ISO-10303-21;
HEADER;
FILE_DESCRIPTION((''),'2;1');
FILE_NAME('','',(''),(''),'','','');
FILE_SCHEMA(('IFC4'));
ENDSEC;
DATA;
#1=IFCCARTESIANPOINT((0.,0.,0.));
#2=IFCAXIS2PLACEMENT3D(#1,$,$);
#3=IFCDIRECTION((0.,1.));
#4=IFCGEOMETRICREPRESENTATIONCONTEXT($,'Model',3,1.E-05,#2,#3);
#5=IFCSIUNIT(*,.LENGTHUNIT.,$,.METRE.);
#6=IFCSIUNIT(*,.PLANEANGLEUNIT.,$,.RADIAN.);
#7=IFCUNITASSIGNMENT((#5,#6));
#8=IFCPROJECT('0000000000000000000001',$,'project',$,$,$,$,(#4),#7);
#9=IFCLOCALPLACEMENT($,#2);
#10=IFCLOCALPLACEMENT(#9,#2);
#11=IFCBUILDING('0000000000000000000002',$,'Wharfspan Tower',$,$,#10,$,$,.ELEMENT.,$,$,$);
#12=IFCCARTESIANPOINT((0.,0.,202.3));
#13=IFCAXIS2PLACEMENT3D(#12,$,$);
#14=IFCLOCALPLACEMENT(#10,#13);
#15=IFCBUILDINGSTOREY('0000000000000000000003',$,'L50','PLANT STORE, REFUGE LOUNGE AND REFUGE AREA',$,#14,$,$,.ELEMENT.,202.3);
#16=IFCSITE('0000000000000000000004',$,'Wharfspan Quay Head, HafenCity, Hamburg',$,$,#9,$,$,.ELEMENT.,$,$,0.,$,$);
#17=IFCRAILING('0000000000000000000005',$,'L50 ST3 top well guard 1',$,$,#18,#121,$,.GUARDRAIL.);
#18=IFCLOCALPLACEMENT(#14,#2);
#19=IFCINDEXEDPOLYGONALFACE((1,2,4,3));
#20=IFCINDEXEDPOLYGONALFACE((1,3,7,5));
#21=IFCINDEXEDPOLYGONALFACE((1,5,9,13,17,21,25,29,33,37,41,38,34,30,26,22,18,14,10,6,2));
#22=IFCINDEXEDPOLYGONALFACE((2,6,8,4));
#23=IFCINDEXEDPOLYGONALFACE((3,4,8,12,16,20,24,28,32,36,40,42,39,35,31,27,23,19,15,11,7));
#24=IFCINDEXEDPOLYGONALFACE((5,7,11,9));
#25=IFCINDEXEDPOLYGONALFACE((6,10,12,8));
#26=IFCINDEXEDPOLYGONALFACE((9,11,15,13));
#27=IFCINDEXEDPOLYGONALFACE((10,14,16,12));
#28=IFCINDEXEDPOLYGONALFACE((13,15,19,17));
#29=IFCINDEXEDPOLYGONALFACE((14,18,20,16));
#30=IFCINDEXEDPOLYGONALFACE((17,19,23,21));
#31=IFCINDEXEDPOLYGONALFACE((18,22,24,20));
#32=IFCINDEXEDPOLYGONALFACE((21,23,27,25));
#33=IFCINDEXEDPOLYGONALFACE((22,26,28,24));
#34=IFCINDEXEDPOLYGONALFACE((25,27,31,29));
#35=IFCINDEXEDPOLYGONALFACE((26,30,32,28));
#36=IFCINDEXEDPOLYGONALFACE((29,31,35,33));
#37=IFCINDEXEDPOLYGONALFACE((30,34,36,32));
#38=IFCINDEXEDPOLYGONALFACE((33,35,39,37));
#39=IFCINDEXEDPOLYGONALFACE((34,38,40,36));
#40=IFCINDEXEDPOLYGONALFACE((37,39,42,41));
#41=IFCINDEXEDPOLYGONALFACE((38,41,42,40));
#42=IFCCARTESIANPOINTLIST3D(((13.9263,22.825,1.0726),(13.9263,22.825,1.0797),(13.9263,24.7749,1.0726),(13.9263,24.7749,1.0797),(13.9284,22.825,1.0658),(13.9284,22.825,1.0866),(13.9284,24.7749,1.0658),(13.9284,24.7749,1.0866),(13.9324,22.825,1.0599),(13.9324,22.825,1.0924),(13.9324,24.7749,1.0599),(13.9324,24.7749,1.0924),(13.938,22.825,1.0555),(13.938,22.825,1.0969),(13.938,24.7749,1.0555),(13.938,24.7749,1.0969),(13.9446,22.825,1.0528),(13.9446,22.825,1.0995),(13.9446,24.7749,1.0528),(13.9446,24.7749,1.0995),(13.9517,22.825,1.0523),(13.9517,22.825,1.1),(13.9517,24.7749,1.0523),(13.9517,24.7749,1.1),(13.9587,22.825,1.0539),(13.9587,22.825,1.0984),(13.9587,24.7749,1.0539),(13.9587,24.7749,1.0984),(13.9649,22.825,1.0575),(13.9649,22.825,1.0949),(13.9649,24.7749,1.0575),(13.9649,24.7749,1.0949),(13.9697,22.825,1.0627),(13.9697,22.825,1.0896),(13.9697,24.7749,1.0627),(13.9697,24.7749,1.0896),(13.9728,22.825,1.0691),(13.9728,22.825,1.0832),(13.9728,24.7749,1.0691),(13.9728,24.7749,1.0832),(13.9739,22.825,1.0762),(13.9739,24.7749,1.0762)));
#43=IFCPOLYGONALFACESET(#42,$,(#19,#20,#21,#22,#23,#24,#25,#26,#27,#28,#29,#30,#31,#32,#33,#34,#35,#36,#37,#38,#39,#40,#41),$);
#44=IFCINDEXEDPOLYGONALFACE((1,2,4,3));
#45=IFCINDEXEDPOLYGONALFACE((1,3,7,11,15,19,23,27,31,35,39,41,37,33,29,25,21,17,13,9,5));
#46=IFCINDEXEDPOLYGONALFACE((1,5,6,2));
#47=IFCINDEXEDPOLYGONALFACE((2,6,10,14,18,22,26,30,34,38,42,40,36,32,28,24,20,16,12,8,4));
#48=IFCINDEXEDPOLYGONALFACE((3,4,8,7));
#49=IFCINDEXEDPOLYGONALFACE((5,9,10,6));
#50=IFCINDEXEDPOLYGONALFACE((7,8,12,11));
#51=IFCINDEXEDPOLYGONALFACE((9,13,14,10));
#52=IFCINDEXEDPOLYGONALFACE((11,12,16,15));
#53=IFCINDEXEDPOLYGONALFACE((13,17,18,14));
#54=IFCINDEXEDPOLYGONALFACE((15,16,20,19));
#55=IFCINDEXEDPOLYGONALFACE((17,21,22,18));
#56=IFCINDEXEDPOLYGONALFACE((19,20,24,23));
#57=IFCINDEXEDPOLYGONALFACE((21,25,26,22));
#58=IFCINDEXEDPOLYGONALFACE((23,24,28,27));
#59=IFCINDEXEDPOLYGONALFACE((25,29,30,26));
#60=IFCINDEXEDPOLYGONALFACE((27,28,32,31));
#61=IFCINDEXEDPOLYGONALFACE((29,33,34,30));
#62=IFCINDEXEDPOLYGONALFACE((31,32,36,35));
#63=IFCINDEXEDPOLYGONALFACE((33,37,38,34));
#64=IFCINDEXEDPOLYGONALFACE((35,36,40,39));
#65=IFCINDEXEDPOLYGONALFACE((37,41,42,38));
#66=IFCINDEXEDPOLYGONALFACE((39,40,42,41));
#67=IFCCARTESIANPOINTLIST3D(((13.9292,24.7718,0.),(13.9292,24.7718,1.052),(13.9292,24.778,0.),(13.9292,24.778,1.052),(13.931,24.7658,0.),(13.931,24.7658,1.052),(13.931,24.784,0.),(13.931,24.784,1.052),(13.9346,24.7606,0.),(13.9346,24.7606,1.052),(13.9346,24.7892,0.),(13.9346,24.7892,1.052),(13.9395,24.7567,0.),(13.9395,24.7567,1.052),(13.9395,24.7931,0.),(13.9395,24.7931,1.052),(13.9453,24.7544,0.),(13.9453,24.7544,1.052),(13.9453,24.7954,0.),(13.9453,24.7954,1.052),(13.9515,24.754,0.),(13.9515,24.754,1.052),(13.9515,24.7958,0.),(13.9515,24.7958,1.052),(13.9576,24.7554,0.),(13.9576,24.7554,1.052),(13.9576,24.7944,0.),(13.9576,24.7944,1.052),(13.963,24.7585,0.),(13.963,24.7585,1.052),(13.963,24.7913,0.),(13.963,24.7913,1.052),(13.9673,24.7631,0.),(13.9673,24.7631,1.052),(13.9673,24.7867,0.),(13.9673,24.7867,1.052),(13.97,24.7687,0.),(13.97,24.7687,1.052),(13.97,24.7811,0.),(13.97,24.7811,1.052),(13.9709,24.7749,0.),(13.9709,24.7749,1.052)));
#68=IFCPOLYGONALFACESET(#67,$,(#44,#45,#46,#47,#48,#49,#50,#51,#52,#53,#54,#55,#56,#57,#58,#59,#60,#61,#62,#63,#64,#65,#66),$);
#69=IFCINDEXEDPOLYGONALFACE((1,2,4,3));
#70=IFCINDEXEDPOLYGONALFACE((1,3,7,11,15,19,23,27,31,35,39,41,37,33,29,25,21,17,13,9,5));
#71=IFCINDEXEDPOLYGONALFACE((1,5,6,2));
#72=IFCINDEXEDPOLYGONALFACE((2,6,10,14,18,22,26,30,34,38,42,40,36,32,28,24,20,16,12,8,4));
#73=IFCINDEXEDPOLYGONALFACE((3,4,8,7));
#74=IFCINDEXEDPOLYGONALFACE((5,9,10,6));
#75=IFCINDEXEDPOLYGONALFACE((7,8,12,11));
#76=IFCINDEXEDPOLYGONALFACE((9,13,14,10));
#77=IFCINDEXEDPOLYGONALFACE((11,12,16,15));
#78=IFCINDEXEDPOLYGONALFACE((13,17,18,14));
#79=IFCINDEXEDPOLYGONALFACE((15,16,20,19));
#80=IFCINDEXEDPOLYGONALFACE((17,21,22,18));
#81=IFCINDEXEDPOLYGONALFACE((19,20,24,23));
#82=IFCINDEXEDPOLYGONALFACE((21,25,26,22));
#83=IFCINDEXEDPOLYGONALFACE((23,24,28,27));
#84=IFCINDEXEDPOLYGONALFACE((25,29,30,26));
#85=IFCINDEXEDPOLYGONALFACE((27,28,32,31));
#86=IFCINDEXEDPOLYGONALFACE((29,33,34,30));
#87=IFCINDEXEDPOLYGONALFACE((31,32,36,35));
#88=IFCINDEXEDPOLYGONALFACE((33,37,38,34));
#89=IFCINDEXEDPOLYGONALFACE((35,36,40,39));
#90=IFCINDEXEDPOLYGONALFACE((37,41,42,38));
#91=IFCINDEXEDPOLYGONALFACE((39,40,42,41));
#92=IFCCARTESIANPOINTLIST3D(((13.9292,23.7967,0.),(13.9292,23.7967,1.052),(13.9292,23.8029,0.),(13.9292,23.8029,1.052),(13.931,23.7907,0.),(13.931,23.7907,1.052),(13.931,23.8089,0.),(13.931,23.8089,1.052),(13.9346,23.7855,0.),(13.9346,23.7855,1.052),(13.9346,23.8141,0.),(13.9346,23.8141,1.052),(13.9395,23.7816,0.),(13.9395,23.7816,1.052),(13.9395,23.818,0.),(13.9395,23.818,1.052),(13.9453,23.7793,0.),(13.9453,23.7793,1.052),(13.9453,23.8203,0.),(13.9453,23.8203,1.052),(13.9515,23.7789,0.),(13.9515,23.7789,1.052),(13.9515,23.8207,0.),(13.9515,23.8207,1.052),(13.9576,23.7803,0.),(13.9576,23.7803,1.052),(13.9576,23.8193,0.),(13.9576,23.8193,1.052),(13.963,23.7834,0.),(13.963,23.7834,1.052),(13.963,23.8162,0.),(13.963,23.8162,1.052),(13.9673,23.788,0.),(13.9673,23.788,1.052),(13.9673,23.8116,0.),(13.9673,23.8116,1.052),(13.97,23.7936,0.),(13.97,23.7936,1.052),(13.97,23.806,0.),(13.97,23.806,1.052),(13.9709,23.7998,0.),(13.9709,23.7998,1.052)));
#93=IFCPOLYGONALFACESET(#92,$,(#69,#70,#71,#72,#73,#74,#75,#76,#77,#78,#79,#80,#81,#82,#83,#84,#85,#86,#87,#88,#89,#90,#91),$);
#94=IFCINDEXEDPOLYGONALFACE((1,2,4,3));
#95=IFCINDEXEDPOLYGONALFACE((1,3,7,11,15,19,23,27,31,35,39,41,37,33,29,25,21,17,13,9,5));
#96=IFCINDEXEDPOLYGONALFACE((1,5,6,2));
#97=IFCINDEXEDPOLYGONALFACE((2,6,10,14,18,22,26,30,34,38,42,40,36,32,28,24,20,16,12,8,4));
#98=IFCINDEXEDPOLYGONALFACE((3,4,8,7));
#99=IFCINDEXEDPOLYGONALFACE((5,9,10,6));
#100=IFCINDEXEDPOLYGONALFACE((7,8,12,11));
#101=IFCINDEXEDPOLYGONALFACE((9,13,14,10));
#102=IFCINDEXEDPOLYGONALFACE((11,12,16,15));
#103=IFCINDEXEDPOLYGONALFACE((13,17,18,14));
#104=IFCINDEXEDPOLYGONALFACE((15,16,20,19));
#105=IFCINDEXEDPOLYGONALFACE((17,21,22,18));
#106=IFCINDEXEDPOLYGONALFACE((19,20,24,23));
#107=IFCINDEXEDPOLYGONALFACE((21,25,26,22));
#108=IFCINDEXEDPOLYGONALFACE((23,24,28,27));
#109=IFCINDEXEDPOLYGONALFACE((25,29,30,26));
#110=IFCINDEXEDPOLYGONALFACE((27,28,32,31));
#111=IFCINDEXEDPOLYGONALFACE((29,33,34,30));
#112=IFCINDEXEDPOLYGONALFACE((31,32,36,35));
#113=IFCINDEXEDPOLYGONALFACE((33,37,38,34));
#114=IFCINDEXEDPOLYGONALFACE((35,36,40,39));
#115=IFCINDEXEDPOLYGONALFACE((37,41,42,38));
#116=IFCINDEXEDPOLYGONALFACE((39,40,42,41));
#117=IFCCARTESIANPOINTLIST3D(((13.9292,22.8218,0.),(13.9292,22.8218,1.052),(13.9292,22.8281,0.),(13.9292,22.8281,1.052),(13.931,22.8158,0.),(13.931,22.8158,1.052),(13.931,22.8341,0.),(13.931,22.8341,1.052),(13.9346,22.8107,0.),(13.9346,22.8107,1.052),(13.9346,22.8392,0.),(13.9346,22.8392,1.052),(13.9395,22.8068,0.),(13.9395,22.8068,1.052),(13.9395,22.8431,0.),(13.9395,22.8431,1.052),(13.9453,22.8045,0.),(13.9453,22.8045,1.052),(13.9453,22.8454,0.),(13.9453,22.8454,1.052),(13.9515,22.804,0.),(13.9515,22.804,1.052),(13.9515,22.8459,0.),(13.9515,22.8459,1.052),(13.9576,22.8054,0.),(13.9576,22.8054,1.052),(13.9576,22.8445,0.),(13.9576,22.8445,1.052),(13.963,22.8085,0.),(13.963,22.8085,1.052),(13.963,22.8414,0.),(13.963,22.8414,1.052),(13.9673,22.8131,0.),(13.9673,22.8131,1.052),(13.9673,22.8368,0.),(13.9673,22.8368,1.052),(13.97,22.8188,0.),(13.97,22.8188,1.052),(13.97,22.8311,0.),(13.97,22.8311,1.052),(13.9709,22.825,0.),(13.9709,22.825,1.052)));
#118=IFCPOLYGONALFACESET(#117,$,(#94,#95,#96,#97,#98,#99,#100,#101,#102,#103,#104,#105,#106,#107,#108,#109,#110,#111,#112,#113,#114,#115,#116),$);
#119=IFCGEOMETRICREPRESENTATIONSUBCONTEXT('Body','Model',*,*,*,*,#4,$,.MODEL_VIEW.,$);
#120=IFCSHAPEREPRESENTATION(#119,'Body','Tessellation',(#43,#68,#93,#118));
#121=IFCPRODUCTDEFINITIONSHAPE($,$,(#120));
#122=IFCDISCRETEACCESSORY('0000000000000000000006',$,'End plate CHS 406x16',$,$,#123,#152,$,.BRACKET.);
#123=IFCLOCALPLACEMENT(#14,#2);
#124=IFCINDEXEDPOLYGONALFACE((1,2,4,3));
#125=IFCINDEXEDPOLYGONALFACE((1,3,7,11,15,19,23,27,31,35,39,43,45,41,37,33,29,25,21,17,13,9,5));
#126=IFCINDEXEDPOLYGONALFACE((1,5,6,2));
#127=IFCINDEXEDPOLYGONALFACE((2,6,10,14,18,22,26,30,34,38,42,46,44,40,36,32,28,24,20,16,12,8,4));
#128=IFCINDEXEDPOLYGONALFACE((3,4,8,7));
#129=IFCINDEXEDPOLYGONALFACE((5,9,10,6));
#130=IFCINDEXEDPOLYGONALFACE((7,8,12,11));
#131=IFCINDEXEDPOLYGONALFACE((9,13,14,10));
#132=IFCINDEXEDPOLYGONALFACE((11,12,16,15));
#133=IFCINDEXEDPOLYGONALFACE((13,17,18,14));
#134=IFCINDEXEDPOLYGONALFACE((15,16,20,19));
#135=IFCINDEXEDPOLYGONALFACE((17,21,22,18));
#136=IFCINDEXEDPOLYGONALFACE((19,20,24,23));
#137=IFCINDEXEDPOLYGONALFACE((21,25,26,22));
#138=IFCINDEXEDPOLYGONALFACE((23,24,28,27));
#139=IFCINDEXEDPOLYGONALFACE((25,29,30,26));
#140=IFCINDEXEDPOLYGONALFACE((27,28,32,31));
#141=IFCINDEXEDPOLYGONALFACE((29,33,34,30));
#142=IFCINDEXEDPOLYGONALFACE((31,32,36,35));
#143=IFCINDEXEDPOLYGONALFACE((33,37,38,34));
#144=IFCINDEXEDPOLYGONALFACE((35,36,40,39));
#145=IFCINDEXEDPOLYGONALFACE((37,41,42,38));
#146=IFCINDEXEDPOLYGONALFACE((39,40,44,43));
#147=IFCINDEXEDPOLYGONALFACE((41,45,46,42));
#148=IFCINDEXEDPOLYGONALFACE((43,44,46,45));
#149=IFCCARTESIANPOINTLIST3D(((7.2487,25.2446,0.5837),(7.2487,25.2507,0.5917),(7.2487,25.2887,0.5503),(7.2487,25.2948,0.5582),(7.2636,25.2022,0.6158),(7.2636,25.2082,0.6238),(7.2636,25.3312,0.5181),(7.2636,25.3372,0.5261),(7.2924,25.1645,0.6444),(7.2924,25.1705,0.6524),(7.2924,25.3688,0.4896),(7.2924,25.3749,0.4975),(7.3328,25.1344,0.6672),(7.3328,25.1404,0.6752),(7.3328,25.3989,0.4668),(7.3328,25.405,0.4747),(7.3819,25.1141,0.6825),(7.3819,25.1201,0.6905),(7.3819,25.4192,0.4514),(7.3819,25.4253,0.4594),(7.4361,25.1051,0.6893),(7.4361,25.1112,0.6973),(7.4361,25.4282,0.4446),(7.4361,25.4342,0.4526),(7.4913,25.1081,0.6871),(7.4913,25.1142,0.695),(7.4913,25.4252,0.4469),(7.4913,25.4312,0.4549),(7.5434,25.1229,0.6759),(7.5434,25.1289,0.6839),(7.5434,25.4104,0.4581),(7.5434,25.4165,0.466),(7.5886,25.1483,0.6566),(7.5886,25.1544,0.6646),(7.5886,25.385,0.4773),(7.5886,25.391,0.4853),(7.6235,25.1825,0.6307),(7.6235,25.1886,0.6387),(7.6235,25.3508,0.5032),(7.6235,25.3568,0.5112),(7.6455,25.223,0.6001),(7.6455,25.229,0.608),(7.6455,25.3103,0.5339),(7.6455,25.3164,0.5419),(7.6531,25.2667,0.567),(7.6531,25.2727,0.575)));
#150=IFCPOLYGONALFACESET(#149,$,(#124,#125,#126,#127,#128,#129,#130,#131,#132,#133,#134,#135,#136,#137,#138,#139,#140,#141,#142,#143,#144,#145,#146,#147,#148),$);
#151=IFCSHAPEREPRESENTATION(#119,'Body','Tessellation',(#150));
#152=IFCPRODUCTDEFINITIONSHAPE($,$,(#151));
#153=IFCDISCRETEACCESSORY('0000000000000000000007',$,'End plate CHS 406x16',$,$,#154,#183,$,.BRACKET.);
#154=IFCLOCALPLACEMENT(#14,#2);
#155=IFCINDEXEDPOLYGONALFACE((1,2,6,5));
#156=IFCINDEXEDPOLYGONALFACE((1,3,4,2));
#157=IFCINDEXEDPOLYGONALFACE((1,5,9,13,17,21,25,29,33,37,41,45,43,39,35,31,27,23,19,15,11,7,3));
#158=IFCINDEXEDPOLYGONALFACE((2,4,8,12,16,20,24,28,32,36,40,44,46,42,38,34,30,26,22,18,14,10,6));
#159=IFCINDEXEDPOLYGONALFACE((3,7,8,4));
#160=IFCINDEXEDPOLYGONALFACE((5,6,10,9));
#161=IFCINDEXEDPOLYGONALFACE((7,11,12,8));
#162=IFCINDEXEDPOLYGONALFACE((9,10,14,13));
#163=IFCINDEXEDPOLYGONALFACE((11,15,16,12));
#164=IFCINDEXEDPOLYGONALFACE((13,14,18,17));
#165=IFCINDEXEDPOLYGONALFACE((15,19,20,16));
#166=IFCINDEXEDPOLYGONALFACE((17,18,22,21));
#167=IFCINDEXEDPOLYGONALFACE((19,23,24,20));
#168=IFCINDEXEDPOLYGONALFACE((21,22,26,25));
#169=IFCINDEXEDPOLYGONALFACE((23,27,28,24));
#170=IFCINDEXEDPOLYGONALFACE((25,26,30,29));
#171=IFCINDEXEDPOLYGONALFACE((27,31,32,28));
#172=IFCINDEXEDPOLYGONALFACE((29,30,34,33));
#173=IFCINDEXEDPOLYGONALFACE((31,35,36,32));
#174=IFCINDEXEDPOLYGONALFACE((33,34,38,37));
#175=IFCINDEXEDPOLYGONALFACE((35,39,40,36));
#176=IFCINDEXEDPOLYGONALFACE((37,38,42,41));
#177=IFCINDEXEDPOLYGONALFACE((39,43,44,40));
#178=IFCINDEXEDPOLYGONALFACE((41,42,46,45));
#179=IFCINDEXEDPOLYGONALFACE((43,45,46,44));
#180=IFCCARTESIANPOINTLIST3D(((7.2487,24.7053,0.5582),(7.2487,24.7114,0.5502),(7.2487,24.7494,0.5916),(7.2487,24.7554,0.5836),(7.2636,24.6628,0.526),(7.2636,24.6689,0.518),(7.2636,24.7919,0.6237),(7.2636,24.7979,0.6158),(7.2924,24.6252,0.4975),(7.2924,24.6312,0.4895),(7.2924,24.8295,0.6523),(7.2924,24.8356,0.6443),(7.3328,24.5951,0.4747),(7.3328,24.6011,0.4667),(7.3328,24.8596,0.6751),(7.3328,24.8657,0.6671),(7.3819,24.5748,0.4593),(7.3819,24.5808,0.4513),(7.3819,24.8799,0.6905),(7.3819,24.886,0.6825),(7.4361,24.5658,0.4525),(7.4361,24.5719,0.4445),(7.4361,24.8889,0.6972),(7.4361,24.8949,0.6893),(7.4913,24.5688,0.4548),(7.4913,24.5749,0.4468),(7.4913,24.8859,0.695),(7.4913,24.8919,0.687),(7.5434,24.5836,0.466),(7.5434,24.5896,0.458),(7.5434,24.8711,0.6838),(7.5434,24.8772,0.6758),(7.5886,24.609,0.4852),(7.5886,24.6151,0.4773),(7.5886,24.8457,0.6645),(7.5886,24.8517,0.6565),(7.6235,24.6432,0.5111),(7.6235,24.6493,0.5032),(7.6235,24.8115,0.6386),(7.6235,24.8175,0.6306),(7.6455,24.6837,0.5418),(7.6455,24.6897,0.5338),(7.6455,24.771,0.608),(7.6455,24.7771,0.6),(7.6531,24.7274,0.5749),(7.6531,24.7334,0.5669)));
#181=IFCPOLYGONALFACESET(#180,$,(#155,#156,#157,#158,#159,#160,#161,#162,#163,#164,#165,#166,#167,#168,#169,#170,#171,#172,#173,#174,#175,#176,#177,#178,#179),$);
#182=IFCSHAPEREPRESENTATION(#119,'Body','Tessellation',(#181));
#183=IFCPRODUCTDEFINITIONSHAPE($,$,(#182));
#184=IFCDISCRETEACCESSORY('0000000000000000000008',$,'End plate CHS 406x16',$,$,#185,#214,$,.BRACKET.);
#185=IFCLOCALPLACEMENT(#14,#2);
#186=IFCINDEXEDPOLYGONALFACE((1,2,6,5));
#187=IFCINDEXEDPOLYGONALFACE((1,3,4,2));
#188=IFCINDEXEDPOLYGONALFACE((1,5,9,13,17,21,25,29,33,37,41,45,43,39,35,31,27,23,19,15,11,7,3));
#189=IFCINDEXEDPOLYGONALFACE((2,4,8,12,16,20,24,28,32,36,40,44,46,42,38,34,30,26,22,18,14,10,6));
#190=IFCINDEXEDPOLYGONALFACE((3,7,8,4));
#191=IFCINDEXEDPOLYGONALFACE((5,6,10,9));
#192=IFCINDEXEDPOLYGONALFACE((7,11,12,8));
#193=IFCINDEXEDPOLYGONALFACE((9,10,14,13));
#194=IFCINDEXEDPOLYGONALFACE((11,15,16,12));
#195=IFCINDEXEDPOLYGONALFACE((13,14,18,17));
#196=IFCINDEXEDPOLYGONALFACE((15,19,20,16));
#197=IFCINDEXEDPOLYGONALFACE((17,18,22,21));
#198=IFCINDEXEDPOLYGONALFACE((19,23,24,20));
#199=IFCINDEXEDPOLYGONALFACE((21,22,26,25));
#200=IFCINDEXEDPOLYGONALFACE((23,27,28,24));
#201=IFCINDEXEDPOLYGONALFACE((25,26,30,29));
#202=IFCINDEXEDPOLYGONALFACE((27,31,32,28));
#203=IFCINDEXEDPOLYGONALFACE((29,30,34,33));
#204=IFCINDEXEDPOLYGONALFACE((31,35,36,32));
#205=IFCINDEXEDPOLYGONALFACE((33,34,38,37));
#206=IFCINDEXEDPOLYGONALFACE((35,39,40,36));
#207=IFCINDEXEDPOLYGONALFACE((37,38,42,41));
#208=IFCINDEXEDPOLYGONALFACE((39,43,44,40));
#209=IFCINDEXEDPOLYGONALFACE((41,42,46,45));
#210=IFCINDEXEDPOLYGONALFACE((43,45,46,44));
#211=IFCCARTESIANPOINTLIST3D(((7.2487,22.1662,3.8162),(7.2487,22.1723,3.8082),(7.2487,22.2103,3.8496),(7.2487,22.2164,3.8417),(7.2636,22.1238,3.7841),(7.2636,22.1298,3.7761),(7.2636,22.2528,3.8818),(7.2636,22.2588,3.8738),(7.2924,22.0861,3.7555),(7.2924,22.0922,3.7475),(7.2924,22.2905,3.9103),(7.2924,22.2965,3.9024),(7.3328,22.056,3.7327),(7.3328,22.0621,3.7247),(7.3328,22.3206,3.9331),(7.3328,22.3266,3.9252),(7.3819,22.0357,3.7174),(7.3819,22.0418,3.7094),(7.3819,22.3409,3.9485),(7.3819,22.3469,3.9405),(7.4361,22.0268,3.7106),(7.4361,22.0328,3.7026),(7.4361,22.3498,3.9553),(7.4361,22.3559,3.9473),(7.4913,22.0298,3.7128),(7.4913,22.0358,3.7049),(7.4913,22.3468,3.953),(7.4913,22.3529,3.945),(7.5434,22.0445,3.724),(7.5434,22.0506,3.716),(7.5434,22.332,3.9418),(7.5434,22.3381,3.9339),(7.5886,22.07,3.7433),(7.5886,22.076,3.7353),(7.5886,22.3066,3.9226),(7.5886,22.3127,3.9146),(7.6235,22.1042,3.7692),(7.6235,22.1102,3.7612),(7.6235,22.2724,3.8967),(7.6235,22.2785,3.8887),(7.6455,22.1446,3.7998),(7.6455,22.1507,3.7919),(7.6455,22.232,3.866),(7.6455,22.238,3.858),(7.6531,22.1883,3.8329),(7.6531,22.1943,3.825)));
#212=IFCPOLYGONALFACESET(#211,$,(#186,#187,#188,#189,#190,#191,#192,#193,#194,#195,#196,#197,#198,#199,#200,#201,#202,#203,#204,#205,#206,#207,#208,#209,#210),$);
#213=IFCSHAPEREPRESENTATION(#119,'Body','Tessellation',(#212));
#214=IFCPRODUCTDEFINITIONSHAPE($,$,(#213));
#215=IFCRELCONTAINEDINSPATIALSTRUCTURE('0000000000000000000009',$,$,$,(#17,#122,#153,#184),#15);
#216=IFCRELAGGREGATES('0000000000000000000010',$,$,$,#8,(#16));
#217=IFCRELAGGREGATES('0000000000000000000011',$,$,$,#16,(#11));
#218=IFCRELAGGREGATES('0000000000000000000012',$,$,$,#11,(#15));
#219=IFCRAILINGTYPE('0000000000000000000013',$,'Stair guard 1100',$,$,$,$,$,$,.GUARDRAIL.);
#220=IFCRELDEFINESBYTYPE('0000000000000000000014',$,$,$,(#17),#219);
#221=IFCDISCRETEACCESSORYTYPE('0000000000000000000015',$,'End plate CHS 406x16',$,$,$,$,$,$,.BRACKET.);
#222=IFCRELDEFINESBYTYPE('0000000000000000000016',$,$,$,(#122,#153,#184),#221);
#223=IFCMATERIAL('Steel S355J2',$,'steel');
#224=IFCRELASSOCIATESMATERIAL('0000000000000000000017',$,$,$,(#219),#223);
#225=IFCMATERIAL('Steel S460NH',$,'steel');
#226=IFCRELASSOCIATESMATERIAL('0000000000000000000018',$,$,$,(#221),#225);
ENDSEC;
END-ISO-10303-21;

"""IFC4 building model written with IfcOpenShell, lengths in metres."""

from ifc_helpers import new_model, si_unit, direction, frame, origin, origin_2d, place, context, subcontext, project, spatial, circle, extrude, material, material_profile, profile_set, type_object, element, save


model = new_model("IFC4")

# Units and contexts
model_context = context("Model", 3, precision=1e-05, world=origin(), true_north=direction((0.0, 1.0)))
body_context = subcontext(model_context, "Body", "Model", "MODEL_VIEW")
ifc_project = project(units=[si_unit("LENGTHUNIT", "METRE"), si_unit("PLANEANGLEUNIT", "RADIAN")], contexts=[model_context])

# Site, building, storey
site_placement = place(None, origin())
site = spatial("IfcSite", under=ifc_project, at=site_placement, Name="Wharfspan Quay Head, HafenCity, Hamburg", CompositionType="ELEMENT", RefElevation=0.0)
building_placement = place(site_placement, origin())
building = spatial("IfcBuilding", under=site, at=building_placement, Name="Wharfspan Tower", CompositionType="ELEMENT")
storey_placement = place(building_placement, frame((0.0, 0.0, 202.3)))
storey = spatial("IfcBuildingStorey", under=building, at=storey_placement, Name="L50", Description="PLANT STORE, REFUGE LOUNGE AND REFUGE AREA", CompositionType="ELEMENT", Elevation=202.3)

# Shared definitions
ifc_material_1 = material(Name="Steel S355J2", Category="steel")

# Shared definitions
ifc_material_2 = material(Name="Steel S460NH", Category="steel")

# Railing
railing_type = type_object("IfcRailingType", Name="Stair guard 1100", PredefinedType="GUARDRAIL", material=ifc_material_1)
railing_1_placement = place(storey_placement, frame((13.95, 24.7749, 0.0)))
element("IfcRailing", 1, at=railing_1_placement, inside=storey, type_object=railing_type, Name="L50 ST3 top well guard 1", PredefinedType="GUARDRAIL", context=body_context, shape_type="SweptSolid", body=[
    extrude(circle(Radius=0.0239, at=origin_2d()), frame((0.0, 0.0, 1.0762), z_axis=(0.0, -1.0, 0.0), x_axis=(1.0, 0.0, 0.0)), (0.0, 0.0, 1.0), 1.95),
    extrude(circle(Radius=0.021, at=origin_2d()), origin(), (0.0, 0.0, 1.0), 1.052),
    extrude(circle(Radius=0.021, at=origin_2d()), frame((0.0, -0.9751, 0.0)), (0.0, 0.0, 1.0), 1.052),
    extrude(circle(Radius=0.021, at=origin_2d()), frame((0.0, -1.95, 0.0)), (0.0, 0.0, 1.0), 1.052),
])

# Discrete accessories
ifc_material_profile_1 = material_profile(ifc_material_2, circle(Radius=0.2031, at=origin_2d()))
ifc_profile_set_1 = profile_set([ifc_material_profile_1], Name="Steel S460NH")
discrete_accessory_type_1 = type_object("IfcDiscreteAccessoryType", Name="End plate CHS 406x16", PredefinedType="BRACKET", material=ifc_profile_set_1)
for number, where, z_axis, x_axis, name in (
    (2, (7.45, 25.2727, 0.575), (0.0, -0.603858, -0.797092), (1.0, 0.0, 0.0), "End plate CHS 406x16"),
    (3, (7.45, 24.7334, 0.5669), (0.0, -0.603858, 0.797092), (1.0, 0.0, 0.0), "End plate CHS 406x16"),
    (4, (7.45, 22.1943, 3.825), (0.0, -0.603858, 0.797092), (1.0, 0.0, 0.0), "End plate CHS 406x16"),
):
    element("IfcDiscreteAccessory", number, at=place(storey_placement, frame(where, z_axis=z_axis, x_axis=x_axis)), inside=storey, type_object=discrete_accessory_type_1, Name=name, PredefinedType="BRACKET", context=body_context, shape_type="SweptSolid", body=[
        extrude(circle(Radius=0.2031, at=origin_2d()), origin(), (0.0, 0.0, 1.0), 0.01),
    ])

save(model, "model.ifc")
